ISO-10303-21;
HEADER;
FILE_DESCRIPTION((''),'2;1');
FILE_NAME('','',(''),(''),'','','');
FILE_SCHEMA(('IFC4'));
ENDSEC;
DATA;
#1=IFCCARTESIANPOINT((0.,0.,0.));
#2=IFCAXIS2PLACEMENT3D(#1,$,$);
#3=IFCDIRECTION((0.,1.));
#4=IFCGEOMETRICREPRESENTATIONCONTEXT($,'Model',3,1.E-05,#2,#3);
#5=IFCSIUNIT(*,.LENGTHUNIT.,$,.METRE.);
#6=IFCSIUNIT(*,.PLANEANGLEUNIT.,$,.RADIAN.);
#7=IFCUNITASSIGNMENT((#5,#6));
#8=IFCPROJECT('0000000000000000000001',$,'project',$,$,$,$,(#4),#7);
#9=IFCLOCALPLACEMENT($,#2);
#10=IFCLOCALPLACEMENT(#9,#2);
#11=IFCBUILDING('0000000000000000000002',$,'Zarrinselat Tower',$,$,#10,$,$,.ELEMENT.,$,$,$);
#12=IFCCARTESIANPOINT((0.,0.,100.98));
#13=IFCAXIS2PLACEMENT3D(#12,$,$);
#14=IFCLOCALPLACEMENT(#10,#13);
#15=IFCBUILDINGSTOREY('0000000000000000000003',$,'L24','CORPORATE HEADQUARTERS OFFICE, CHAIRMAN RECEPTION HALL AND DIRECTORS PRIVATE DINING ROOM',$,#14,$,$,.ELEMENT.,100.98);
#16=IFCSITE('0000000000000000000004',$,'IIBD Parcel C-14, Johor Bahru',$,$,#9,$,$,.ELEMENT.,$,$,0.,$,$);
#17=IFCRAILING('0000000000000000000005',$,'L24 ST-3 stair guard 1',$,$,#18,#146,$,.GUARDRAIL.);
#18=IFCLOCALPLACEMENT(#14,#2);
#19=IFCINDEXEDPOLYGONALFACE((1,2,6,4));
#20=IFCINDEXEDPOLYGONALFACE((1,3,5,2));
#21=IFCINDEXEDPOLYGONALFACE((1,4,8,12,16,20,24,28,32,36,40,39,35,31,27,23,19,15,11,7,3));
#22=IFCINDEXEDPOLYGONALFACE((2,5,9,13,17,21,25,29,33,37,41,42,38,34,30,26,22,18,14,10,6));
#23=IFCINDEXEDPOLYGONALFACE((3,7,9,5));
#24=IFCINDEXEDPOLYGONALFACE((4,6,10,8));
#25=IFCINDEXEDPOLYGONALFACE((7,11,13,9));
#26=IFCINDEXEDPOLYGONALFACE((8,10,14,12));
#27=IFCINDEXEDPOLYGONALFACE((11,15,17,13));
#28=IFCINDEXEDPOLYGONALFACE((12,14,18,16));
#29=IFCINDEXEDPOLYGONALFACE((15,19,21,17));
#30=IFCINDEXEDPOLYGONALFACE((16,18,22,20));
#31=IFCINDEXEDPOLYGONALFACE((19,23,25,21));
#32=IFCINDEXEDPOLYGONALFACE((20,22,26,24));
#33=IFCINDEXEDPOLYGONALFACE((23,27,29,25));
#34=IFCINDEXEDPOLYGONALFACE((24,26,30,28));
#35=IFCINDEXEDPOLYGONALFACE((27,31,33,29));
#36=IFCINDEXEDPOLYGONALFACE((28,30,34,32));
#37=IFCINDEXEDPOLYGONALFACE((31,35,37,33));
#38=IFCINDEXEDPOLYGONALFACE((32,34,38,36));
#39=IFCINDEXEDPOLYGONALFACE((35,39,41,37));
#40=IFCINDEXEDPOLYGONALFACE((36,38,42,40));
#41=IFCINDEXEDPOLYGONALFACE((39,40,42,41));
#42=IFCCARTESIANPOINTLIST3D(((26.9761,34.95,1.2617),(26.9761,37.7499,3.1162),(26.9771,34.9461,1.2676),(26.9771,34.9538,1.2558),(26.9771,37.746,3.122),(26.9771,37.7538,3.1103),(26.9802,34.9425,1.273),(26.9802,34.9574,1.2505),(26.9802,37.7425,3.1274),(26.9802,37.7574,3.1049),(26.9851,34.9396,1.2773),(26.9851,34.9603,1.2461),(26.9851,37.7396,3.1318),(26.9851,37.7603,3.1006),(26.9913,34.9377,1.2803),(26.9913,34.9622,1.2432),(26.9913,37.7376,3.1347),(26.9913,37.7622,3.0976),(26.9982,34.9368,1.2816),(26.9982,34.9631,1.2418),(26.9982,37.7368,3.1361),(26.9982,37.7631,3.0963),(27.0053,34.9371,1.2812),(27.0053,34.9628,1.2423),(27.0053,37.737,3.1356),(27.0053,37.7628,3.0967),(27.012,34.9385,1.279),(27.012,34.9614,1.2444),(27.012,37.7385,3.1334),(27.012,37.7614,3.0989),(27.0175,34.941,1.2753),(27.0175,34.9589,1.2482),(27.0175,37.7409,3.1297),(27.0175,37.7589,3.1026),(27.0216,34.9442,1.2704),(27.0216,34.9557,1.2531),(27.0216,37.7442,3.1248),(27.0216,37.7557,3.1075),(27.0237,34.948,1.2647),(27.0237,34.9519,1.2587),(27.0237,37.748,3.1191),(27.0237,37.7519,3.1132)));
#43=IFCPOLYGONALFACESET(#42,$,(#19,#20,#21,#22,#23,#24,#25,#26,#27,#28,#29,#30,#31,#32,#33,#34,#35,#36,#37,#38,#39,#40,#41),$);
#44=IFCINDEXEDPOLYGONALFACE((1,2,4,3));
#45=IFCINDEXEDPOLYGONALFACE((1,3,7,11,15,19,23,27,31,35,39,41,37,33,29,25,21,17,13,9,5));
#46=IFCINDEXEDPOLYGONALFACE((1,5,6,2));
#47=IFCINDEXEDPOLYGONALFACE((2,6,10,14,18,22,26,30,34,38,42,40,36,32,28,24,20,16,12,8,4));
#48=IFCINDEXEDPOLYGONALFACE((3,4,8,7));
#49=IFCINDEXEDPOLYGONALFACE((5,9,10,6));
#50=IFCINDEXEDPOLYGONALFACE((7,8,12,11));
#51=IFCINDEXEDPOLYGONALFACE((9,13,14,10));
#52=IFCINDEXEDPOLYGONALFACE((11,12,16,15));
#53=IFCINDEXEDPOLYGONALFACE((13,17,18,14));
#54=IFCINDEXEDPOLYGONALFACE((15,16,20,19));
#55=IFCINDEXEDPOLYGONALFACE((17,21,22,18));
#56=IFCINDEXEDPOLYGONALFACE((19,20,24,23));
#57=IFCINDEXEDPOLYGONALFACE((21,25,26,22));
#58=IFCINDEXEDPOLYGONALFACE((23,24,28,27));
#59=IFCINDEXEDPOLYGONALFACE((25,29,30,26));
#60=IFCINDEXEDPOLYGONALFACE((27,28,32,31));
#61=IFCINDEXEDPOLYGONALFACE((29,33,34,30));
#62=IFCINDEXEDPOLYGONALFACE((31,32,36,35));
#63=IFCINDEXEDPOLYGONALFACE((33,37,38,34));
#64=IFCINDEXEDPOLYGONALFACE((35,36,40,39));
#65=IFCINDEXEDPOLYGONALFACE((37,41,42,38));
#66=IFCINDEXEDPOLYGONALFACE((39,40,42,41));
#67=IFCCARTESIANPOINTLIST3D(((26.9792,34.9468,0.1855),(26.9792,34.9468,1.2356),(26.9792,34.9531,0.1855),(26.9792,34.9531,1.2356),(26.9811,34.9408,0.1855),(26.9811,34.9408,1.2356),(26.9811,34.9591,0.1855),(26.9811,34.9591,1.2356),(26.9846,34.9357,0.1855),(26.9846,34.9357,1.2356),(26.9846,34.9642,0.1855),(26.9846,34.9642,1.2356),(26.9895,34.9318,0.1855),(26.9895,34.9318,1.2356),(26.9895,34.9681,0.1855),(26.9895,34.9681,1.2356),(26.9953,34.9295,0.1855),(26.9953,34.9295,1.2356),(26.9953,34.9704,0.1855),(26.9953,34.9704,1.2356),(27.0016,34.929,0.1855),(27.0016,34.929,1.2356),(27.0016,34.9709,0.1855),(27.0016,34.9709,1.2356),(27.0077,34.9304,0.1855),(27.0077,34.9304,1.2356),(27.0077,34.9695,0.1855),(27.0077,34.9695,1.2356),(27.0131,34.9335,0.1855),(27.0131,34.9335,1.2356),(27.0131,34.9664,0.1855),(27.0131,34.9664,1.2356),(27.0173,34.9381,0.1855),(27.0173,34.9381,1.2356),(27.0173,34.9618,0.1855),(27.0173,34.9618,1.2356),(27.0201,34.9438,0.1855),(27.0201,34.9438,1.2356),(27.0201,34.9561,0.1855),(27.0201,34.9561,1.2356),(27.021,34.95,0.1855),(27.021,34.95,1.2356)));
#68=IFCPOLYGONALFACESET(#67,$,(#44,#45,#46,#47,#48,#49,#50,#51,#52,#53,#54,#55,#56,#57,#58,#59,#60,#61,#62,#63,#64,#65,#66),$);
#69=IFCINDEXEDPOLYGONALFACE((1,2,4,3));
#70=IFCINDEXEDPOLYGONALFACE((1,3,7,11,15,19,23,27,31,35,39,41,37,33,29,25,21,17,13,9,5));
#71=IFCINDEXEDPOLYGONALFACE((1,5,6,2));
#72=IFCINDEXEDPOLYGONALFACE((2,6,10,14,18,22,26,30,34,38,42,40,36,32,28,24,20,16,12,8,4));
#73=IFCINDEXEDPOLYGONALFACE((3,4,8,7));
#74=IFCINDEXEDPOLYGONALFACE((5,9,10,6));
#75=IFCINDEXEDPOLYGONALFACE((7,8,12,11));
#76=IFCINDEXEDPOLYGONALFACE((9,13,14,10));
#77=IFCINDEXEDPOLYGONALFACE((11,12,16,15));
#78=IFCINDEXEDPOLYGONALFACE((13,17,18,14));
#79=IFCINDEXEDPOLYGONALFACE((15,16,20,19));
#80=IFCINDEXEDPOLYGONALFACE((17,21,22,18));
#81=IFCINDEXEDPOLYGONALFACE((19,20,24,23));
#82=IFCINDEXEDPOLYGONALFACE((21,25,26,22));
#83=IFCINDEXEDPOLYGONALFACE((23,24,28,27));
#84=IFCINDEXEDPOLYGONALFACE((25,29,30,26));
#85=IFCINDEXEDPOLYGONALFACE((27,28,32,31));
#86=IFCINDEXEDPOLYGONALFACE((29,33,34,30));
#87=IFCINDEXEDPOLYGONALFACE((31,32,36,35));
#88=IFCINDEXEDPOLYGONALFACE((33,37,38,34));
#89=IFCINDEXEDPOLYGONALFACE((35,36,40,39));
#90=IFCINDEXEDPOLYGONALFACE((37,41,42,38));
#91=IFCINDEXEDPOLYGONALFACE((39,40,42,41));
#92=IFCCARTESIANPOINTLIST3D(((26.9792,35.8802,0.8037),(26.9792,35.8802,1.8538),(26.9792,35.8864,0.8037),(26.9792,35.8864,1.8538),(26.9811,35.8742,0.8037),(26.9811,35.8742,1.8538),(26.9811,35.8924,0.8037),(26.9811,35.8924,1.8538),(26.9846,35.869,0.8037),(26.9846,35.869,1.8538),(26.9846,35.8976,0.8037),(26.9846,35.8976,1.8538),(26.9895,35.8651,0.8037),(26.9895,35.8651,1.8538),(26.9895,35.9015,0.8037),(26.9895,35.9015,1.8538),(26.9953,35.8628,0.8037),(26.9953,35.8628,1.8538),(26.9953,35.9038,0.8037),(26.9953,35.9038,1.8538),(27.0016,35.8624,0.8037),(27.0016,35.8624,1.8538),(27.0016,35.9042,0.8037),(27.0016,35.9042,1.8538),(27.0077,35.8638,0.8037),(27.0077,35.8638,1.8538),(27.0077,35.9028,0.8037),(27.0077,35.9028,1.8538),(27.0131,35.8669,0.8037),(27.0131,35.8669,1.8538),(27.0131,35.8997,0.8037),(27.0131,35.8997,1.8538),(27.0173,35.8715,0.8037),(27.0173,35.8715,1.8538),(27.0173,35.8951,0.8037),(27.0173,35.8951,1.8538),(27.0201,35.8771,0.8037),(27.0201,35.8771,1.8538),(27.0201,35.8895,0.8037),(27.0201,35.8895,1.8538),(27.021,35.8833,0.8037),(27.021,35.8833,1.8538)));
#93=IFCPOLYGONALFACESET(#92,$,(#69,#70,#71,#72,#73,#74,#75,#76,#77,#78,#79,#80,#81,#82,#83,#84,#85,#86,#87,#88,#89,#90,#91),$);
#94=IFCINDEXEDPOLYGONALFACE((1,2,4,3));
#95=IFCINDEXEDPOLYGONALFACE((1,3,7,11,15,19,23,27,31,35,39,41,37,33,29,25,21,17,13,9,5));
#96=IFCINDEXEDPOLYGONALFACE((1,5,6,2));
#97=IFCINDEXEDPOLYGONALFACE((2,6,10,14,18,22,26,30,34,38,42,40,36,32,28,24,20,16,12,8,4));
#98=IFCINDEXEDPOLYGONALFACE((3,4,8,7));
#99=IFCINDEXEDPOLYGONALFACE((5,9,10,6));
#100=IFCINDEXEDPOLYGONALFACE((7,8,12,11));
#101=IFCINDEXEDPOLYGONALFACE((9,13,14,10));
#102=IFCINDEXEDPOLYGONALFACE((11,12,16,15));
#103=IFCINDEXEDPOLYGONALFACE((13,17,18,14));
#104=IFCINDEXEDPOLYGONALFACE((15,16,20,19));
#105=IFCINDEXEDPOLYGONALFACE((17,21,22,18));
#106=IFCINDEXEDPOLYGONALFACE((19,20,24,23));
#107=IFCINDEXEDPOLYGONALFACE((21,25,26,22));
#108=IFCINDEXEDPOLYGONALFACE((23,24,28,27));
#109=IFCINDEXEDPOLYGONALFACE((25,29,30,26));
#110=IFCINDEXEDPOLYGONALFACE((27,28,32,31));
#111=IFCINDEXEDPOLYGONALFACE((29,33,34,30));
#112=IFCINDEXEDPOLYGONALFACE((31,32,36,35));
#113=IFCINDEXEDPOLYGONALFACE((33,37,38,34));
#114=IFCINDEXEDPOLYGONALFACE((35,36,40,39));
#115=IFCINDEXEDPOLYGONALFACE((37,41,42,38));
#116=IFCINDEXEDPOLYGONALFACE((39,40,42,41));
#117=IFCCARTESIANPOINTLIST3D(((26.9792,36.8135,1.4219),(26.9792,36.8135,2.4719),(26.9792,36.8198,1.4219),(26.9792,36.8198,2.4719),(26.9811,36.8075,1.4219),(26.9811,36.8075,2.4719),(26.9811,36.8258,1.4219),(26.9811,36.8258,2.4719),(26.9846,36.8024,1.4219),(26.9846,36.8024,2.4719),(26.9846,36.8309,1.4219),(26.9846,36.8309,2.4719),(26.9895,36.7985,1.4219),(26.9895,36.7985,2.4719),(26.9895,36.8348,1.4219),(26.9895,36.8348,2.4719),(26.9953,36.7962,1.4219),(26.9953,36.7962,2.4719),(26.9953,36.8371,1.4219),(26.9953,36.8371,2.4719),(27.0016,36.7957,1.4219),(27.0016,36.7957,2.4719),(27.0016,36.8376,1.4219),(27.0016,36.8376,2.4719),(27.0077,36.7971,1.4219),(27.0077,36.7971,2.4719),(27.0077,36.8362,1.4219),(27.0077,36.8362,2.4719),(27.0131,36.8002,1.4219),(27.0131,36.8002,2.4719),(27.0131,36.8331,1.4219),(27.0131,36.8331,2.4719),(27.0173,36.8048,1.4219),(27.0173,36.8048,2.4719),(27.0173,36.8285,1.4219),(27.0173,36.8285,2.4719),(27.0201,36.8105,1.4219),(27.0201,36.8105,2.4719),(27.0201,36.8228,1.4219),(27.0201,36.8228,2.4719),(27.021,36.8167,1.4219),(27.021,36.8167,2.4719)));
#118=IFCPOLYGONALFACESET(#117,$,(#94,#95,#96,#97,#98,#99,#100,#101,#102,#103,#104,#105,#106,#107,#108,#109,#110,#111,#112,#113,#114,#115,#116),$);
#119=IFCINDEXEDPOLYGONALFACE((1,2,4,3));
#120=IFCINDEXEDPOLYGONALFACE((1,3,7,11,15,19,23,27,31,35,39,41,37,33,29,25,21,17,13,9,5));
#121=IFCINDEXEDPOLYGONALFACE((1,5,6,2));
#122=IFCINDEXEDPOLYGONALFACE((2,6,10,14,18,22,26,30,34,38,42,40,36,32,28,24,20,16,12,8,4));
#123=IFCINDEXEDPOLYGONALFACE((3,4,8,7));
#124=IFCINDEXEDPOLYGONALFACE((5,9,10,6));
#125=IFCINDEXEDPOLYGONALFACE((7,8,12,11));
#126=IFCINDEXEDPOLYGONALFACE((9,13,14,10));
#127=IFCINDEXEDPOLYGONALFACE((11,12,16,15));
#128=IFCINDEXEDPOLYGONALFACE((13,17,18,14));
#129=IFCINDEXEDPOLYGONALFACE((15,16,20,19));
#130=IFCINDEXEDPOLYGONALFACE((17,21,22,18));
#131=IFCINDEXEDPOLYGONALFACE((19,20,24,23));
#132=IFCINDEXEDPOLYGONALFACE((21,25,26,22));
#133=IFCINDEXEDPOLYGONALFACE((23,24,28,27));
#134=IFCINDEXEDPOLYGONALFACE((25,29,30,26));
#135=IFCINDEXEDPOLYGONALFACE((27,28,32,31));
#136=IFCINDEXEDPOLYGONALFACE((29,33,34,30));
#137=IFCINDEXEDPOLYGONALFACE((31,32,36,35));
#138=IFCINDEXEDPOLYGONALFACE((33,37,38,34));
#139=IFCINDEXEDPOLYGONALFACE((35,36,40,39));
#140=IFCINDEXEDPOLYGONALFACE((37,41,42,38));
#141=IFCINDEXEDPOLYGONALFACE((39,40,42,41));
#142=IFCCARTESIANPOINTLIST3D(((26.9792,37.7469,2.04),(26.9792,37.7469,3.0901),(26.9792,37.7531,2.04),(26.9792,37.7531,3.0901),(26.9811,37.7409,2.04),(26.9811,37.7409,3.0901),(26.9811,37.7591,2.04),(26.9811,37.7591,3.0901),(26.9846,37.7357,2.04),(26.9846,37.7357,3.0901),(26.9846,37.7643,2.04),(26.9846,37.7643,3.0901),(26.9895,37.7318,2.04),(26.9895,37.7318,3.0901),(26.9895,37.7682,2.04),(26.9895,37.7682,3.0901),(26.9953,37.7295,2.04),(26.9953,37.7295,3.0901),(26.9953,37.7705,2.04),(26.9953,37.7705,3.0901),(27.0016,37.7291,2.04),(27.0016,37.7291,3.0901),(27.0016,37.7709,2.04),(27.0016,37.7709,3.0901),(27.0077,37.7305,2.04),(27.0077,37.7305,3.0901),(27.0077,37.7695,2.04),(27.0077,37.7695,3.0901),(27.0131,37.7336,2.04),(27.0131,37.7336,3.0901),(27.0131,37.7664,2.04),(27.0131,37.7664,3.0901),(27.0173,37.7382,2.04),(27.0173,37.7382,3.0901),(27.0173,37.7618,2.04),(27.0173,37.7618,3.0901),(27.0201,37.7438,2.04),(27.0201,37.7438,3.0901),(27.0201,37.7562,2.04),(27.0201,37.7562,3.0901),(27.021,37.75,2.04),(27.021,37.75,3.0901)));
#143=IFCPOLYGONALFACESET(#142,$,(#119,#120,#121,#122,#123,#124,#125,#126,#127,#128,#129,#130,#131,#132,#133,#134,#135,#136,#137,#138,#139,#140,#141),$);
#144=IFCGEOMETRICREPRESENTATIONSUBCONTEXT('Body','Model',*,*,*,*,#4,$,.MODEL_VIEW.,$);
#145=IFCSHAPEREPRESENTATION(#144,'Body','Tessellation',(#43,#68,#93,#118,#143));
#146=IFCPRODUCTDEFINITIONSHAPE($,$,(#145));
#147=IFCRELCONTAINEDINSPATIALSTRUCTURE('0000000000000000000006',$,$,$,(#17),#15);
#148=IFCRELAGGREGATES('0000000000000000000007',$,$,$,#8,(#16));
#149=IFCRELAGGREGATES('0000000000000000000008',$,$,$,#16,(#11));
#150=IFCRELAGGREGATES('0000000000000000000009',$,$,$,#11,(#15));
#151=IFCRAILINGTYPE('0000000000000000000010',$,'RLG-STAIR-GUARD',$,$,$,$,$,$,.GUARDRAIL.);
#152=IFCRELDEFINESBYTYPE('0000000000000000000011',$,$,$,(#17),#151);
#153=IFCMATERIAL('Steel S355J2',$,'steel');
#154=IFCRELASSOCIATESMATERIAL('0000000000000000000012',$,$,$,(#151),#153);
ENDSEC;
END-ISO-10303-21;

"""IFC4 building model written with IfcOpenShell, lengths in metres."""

from ifc_helpers import new_model, si_unit, direction, frame, origin, origin_2d, place, context, subcontext, project, spatial, circle, extrude, material, type_object, element, save


model = new_model("IFC4")

# Units and contexts
model_context = context("Model", 3, precision=1e-05, world=origin(), true_north=direction((0.0, 1.0)))
body_context = subcontext(model_context, "Body", "Model", "MODEL_VIEW")
ifc_project = project(units=[si_unit("LENGTHUNIT", "METRE"), si_unit("PLANEANGLEUNIT", "RADIAN")], contexts=[model_context])

# Site, building, storey
site_placement = place(None, origin())
site = spatial("IfcSite", under=ifc_project, at=site_placement, Name="IIBD Parcel C-14, Johor Bahru", CompositionType="ELEMENT", RefElevation=0.0)
building_placement = place(site_placement, origin())
building = spatial("IfcBuilding", under=site, at=building_placement, Name="Zarrinselat Tower", CompositionType="ELEMENT")
storey_placement = place(building_placement, frame((0.0, 0.0, 100.98)))
storey = spatial("IfcBuildingStorey", under=building, at=storey_placement, Name="L24", Description="CORPORATE HEADQUARTERS OFFICE, CHAIRMAN RECEPTION HALL AND DIRECTORS PRIVATE DINING ROOM", CompositionType="ELEMENT", Elevation=100.98)

# Railing
ifc_material_1 = material(Name="Steel S355J2", Category="steel")
railing_type_1 = type_object("IfcRailingType", Name="RLG-STAIR-GUARD", PredefinedType="GUARDRAIL", material=ifc_material_1)
railing_1_placement = place(storey_placement, frame((27.0, 34.95, 0.1855)))
element("IfcRailing", 1, at=railing_1_placement, inside=storey, type_object=railing_type_1, Name="L24 ST-3 stair guard 1", PredefinedType="GUARDRAIL", context=body_context, shape_type="SweptSolid", body=[
    extrude(circle(Radius=0.0239, at=origin_2d()), frame((0.0, 0.0, 1.0762), z_axis=(0.0, 0.833724, 0.552181), x_axis=(-1.0, 0.0, 0.0)), (0.0, 0.0, 1.0), 3.3584),
    extrude(circle(Radius=0.021, at=origin_2d()), origin(), (0.0, 0.0, 1.0), 1.05),
    extrude(circle(Radius=0.021, at=origin_2d()), frame((0.0, 0.9333, 0.6182)), (0.0, 0.0, 1.0), 1.05),
    extrude(circle(Radius=0.021, at=origin_2d()), frame((0.0, 1.8667, 1.2363)), (0.0, 0.0, 1.0), 1.05),
    extrude(circle(Radius=0.021, at=origin_2d()), frame((0.0, 2.8, 1.8545)), (0.0, 0.0, 1.0), 1.05),
])

save(model, "model.ifc")
